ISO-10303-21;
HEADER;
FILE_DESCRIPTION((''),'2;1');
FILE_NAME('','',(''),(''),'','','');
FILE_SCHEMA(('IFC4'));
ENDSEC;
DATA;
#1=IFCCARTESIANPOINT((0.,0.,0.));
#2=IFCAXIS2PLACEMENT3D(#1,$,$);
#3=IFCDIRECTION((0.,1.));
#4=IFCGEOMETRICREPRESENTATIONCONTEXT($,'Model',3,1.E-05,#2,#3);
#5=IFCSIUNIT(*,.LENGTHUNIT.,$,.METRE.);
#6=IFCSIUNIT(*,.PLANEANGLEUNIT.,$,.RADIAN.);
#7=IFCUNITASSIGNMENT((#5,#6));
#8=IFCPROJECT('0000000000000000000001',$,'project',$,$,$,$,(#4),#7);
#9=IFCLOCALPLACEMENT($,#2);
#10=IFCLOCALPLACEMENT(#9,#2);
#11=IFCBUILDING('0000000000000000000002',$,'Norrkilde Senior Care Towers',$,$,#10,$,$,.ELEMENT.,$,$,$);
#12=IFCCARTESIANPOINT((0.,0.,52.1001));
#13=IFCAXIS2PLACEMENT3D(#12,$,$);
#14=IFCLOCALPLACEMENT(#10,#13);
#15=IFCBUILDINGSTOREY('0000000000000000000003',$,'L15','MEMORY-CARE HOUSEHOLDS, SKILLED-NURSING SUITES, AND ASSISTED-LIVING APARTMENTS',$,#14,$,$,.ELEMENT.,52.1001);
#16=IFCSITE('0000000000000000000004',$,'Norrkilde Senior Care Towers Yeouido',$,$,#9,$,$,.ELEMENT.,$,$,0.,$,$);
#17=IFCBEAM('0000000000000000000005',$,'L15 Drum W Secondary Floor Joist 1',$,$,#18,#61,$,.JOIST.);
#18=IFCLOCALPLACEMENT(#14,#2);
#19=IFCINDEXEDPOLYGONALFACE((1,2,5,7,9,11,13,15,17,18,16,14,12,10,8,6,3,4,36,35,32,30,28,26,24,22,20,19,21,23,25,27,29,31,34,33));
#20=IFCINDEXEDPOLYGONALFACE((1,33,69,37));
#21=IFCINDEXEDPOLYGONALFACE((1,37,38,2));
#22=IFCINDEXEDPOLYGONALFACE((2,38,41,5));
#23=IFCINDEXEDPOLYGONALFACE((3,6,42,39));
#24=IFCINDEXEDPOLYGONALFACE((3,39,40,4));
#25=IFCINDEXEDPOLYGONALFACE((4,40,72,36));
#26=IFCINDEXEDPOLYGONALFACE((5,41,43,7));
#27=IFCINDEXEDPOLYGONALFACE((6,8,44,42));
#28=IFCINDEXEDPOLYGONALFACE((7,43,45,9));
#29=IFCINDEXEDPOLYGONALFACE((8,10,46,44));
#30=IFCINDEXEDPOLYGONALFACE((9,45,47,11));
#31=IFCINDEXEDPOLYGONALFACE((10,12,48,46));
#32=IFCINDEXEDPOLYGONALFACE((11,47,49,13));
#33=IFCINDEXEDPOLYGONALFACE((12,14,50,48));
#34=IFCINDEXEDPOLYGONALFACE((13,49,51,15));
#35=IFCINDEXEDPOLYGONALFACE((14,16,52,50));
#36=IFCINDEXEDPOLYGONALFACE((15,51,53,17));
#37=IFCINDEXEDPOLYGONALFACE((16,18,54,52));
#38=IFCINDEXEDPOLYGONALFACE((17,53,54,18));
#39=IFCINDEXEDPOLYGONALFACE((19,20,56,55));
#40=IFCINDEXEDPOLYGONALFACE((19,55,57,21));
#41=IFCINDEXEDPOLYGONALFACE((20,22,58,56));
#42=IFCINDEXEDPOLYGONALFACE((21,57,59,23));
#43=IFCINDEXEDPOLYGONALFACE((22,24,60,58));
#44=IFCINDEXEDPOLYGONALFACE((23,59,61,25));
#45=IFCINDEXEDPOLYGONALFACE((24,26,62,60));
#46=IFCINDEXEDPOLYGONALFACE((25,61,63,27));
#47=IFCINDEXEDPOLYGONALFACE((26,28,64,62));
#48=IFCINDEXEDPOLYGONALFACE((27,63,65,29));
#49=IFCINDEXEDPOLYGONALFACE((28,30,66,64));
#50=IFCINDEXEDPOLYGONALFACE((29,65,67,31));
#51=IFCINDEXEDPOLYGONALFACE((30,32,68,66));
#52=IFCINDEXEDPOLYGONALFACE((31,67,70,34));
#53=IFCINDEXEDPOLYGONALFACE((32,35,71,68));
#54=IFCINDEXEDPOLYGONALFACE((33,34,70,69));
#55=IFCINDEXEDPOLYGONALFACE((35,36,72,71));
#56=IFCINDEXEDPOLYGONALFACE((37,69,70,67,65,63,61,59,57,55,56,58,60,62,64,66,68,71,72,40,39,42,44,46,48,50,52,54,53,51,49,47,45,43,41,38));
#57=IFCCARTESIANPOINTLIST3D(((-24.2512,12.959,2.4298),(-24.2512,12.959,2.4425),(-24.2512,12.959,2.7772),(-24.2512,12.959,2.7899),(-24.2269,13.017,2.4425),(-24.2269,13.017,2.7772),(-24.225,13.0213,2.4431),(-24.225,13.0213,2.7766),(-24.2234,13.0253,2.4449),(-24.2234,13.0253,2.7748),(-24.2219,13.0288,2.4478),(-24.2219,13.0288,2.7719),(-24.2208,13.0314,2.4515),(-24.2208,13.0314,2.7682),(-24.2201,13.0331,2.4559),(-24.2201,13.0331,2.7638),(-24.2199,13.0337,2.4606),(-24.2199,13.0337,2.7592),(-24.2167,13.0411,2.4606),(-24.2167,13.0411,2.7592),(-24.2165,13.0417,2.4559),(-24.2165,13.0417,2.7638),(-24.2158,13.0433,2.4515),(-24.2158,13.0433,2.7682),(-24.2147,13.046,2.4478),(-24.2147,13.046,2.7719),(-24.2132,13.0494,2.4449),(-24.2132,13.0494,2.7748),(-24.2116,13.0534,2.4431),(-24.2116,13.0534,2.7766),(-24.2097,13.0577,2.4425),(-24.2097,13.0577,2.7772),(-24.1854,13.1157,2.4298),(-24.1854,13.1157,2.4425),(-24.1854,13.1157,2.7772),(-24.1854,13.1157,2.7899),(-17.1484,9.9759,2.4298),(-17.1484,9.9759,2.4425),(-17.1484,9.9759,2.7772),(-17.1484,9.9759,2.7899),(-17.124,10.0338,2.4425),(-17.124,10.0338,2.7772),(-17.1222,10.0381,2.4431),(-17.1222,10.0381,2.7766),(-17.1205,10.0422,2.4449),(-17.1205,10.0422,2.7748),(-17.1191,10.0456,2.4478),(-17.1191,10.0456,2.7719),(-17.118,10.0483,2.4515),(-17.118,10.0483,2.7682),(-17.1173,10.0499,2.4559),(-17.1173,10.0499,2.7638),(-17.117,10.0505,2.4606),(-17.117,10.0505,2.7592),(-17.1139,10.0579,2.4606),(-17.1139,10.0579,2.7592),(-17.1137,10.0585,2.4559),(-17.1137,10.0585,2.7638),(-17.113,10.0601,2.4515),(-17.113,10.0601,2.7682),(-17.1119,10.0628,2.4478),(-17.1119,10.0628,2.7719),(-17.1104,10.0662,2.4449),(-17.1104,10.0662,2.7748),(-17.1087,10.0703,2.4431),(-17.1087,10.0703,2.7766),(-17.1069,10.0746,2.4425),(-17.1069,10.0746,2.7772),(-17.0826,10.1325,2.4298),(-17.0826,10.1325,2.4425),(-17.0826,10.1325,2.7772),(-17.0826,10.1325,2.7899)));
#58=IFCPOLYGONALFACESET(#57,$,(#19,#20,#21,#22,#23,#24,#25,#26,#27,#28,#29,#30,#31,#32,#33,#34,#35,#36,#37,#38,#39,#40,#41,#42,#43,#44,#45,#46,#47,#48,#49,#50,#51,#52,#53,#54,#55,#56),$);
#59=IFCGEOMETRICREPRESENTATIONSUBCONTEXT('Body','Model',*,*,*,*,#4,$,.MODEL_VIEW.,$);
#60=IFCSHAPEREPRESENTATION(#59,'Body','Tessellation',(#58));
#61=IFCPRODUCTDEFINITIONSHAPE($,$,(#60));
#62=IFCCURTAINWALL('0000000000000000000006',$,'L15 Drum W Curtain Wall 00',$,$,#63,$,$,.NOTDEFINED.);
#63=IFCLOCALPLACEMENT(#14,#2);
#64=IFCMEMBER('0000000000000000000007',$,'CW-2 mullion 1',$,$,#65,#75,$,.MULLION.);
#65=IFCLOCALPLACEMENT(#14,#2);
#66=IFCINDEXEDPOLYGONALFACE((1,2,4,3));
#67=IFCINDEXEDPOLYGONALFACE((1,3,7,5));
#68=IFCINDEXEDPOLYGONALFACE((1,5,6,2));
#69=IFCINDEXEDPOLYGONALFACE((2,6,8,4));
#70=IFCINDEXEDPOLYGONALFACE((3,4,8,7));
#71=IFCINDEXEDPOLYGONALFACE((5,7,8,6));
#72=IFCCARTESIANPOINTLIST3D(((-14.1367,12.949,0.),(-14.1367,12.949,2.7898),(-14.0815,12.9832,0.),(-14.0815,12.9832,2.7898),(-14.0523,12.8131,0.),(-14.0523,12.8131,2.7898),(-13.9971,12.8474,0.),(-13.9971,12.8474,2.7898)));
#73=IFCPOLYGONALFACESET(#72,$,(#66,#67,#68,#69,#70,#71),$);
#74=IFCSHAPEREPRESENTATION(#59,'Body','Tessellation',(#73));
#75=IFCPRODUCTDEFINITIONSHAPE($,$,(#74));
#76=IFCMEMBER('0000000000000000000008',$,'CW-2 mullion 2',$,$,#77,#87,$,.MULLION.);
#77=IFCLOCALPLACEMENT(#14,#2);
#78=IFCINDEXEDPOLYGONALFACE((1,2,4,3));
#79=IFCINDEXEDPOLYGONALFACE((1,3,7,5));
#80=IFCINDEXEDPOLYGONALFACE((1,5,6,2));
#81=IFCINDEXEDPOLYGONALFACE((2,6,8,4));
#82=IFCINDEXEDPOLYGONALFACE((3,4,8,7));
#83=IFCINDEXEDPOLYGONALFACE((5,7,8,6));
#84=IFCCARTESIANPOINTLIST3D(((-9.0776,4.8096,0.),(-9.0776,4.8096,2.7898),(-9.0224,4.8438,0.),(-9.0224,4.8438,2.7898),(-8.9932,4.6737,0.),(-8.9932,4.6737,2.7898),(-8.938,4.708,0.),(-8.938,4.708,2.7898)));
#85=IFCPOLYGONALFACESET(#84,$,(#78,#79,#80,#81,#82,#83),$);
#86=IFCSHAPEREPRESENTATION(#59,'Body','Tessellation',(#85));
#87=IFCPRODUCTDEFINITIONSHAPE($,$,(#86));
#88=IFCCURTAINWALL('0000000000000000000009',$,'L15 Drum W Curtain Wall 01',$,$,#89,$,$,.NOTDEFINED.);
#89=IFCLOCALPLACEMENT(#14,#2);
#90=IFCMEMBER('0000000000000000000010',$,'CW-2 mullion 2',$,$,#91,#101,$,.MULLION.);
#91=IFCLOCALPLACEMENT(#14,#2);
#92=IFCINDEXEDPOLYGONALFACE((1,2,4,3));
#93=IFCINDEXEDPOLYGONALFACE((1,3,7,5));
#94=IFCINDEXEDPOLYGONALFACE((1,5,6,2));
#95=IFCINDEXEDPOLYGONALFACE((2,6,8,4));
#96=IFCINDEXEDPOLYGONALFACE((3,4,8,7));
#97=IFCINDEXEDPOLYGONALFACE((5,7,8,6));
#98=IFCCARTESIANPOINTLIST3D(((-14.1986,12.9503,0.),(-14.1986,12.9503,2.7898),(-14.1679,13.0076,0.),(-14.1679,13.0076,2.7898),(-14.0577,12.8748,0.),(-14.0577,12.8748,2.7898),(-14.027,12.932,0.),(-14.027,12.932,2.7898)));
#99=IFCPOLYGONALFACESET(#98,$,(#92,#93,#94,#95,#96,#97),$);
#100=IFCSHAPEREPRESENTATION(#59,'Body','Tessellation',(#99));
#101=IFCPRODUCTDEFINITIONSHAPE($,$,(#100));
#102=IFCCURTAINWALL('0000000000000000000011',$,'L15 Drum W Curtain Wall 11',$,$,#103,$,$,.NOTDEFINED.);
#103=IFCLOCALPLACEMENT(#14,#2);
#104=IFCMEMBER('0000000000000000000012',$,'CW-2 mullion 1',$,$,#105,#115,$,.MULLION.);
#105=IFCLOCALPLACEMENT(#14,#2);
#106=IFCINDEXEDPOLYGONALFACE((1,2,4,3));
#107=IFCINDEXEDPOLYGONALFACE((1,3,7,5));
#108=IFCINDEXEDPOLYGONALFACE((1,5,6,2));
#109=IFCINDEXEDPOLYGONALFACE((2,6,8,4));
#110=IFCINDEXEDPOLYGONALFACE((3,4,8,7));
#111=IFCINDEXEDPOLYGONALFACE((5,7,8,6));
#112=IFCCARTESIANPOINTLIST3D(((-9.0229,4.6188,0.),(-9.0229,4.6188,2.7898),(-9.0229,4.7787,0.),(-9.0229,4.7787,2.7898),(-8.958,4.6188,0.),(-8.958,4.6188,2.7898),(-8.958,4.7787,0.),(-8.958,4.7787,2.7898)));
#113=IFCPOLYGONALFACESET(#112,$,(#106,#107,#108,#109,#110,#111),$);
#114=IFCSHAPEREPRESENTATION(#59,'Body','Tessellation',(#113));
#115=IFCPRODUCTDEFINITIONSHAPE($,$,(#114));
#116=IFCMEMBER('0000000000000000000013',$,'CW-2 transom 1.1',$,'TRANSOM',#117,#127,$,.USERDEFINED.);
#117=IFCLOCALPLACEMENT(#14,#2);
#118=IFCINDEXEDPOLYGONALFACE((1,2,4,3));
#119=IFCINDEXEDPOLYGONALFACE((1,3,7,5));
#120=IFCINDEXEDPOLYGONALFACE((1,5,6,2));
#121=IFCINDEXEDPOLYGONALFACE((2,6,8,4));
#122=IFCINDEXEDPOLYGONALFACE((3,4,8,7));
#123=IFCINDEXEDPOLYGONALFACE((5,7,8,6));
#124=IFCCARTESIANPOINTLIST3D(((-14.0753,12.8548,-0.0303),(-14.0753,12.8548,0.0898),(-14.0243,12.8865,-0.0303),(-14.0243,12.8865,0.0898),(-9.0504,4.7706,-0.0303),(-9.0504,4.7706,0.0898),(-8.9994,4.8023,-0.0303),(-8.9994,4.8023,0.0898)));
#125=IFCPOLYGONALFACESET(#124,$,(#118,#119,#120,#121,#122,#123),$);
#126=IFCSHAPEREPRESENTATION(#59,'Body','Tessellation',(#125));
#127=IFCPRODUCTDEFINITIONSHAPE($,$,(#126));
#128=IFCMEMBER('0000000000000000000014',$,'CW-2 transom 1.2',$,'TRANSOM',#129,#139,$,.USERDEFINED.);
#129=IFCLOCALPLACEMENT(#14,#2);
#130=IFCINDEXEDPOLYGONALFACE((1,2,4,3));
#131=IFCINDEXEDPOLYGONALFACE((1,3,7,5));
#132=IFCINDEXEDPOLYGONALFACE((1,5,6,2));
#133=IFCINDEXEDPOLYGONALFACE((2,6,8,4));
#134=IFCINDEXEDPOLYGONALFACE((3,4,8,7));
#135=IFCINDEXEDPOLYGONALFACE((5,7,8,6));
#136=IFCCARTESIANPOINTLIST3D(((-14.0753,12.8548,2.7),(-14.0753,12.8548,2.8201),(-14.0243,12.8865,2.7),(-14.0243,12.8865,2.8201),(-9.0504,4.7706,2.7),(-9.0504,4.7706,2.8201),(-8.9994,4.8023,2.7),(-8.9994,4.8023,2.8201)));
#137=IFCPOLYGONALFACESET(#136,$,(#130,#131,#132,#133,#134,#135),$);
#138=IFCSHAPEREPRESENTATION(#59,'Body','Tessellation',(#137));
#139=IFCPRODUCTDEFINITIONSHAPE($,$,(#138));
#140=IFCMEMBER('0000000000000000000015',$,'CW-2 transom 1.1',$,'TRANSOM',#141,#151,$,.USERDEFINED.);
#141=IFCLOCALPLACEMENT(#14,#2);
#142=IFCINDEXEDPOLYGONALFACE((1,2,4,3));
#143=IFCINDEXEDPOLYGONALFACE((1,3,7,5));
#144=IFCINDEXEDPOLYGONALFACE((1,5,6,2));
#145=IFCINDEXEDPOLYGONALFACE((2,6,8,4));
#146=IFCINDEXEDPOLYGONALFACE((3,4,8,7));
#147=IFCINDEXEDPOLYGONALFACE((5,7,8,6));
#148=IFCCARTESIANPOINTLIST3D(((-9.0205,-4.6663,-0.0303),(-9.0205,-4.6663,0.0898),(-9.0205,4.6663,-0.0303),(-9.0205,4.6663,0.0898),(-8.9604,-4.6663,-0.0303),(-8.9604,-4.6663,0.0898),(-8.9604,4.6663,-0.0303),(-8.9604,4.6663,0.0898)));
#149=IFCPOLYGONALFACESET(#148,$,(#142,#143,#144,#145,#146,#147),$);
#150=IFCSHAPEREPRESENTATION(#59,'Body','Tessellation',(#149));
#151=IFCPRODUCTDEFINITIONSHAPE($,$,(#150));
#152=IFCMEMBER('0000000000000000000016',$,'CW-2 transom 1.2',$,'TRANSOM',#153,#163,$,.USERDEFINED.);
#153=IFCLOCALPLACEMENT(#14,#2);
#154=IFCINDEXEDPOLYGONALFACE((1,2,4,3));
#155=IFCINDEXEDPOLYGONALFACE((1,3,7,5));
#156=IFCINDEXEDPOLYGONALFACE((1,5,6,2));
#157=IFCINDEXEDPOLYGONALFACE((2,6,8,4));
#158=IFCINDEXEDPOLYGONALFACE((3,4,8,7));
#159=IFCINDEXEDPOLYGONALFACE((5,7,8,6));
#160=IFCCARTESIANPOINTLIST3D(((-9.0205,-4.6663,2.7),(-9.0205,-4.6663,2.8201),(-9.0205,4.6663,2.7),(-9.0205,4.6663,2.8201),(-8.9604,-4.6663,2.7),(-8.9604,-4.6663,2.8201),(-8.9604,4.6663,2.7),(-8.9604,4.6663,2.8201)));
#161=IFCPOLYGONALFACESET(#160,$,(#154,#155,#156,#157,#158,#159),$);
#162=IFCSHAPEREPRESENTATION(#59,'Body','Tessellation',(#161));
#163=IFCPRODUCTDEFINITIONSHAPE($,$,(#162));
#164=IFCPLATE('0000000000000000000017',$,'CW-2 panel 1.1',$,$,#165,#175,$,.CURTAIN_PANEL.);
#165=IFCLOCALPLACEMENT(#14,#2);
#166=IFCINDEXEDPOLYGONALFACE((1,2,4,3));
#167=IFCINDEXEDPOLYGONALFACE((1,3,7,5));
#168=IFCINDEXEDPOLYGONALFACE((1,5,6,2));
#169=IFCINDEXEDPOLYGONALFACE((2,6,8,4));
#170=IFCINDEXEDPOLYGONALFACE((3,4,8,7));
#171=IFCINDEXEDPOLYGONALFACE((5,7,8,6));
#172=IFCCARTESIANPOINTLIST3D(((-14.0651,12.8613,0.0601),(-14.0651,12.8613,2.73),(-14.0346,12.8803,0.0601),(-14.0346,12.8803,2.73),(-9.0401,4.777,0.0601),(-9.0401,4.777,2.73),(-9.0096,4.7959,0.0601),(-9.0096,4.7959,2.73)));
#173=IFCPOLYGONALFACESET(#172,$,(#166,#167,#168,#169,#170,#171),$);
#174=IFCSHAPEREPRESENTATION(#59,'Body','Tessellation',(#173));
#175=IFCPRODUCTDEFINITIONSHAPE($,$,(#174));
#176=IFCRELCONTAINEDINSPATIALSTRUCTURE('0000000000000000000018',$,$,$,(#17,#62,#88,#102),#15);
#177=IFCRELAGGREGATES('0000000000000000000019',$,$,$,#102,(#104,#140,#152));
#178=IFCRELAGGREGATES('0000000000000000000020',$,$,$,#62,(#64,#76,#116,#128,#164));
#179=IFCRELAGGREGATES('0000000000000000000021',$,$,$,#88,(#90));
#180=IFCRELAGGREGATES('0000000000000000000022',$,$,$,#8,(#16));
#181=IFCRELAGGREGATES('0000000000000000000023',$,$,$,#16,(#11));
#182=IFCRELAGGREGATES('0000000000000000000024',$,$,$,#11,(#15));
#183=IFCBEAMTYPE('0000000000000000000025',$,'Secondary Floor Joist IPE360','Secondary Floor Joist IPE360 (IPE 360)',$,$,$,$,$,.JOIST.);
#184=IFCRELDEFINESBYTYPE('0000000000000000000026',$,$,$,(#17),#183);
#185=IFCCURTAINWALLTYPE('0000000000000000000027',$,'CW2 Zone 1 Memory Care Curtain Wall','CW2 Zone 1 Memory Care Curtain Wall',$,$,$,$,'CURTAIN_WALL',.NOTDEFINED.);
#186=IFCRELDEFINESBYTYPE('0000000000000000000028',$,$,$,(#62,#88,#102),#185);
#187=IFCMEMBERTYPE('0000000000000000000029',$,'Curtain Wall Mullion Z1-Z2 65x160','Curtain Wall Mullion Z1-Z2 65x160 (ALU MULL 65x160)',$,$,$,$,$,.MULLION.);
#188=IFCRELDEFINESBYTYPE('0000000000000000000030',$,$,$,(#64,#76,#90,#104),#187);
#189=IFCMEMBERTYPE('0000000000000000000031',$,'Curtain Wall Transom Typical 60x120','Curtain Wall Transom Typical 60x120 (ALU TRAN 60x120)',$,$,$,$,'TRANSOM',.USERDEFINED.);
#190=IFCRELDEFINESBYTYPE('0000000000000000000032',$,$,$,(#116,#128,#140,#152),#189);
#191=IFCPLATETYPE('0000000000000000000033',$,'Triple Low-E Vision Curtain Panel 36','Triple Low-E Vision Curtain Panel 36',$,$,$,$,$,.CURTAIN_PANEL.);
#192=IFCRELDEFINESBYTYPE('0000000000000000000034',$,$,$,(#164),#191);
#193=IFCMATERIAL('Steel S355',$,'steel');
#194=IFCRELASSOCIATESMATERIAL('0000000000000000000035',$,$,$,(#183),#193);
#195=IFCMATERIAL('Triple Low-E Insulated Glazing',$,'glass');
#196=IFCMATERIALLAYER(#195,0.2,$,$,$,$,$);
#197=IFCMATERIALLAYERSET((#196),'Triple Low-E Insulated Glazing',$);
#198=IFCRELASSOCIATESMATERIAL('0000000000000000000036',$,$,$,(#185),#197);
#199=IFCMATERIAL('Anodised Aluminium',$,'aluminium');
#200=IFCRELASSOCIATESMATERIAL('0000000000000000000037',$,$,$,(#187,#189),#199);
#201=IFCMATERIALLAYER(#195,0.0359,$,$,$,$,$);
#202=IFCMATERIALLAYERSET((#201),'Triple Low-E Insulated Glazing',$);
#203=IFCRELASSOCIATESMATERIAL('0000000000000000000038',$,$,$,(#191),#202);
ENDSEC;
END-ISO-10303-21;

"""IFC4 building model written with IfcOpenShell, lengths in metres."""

from ifc_helpers import new_model, si_unit, direction, frame, origin, origin_2d, place, context, subcontext, project, spatial, rectangle, i_section, extrude, source, transform, mapped, material, layer, layer_set, material_profile, profile_set, type_object, type_shapes, element, aggregate, save


model = new_model("IFC4")

# Units and contexts
model_context = context("Model", 3, precision=1e-05, world=origin(), true_north=direction((0.0, 1.0)))
body_context = subcontext(model_context, "Body", "Model", "MODEL_VIEW")
ifc_project = project(units=[si_unit("LENGTHUNIT", "METRE"), si_unit("PLANEANGLEUNIT", "RADIAN")], contexts=[model_context])

# Site, building, storey
site_placement = place(None, origin())
site = spatial("IfcSite", under=ifc_project, at=site_placement, Name="Norrkilde Senior Care Towers Yeouido", CompositionType="ELEMENT", RefElevation=0.0)
building_placement = place(site_placement, origin())
building = spatial("IfcBuilding", under=site, at=building_placement, Name="Norrkilde Senior Care Towers", CompositionType="ELEMENT")
storey_placement = place(building_placement, frame((0.0, 0.0, 52.1001)))
storey = spatial("IfcBuildingStorey", under=building, at=storey_placement, Name="L15", Description="MEMORY-CARE HOUSEHOLDS, SKILLED-NURSING SUITES, AND ASSISTED-LIVING APARTMENTS", CompositionType="ELEMENT", Elevation=52.1001)

# Beam
ifc_material_1 = material(Name="Steel S355", Category="steel")
ifc_material_profile_1 = material_profile(ifc_material_1, i_section(OverallWidth=0.1699, OverallDepth=0.3601, WebThickness=0.0081, FlangeThickness=0.0127, FilletRadius=0.0181, at=origin_2d()), Name="IPE 360")
ifc_profile_set_1 = profile_set([ifc_material_profile_1], Name="Steel S355")
beam_type_1 = type_object("IfcBeamType", Name="Secondary Floor Joist IPE360", Description="Secondary Floor Joist IPE360 (IPE 360)", PredefinedType="JOIST", material=ifc_profile_set_1)
shared_shape_1 = source(origin(), body_context, "Body", "SweptSolid", [
    extrude(i_section(OverallWidth=0.1699, OverallDepth=0.3601, WebThickness=0.0081, FlangeThickness=0.0127, FilletRadius=0.0181, at=origin_2d()), origin(), (0.0, 0.0, 1.0), 7.7039),
])
type_shapes(beam_type_1, [shared_shape_1])
beam_1_placement = place(storey_placement, frame((-17.1155, 10.0542, 2.6099), z_axis=(-0.921983, 0.387231, 0.0), x_axis=(-0.387231, -0.921983, 0.0)))
element("IfcBeam", 1, at=beam_1_placement, inside=storey, type_object=beam_type_1, Name="L15 Drum W Secondary Floor Joist 1", PredefinedType="JOIST", context=body_context, shape_type="MappedRepresentation", body=[
    mapped(shared_shape_1, transform((0.0, 0.0, 0.0), x_axis=(1.0, 0.0, 0.0), y_axis=(0.0, 1.0, 0.0), z_axis=(0.0, 0.0, 1.0), scale=1.0)),
])

# Curtain wall, members
ifc_material_2 = material(Name="Triple Low-E Insulated Glazing", Category="glass")
ifc_layer_1 = layer(ifc_material_2, 0.2)
ifc_layer_set_1 = layer_set([ifc_layer_1], Name="Triple Low-E Insulated Glazing")
curtain_wall_type = type_object("IfcCurtainWallType", Name="CW2 Zone 1 Memory Care Curtain Wall", Description="CW2 Zone 1 Memory Care Curtain Wall", ElementType="CURTAIN_WALL", PredefinedType="NOTDEFINED", material=ifc_layer_set_1)
curtain_wall_1_placement = place(storey_placement, origin())
curtain_wall_1 = element("IfcCurtainWall", 2, at=curtain_wall_1_placement, inside=storey, type_object=curtain_wall_type, Name="L15 Drum W Curtain Wall 00", PredefinedType="NOTDEFINED")
ifc_material_3 = material(Name="Anodised Aluminium", Category="aluminium")
ifc_material_profile_2 = material_profile(ifc_material_3, rectangle(XDim=0.0649, YDim=0.1599, at=origin_2d()), Name="ALU MULL 65x160")
ifc_profile_set_2 = profile_set([ifc_material_profile_2], Name="Anodised Aluminium")
member_type_1 = type_object("IfcMemberType", Name="Curtain Wall Mullion Z1-Z2 65x160", Description="Curtain Wall Mullion Z1-Z2 65x160 (ALU MULL 65x160)", PredefinedType="MULLION", material=ifc_profile_set_2)
shared_shape_2 = source(origin(), body_context, "Body", "SweptSolid", [
    extrude(rectangle(XDim=0.0649, YDim=0.1599, at=origin_2d()), origin(), (0.0, 0.0, 1.0), 2.7898),
])
type_shapes(member_type_1, [shared_shape_2])
member_1_placement = place(storey_placement, frame((-14.0669, 12.8982, 0.0), z_axis=(0.0, 0.0, 1.0), x_axis=(0.849306, 0.527901, 0.0)))
member_1 = element("IfcMember", 3, at=member_1_placement, type_object=member_type_1, Name="CW-2 mullion 1", PredefinedType="MULLION", context=body_context, shape_type="MappedRepresentation", body=[
    mapped(shared_shape_2, transform((0.0, 0.0, 0.0), x_axis=(1.0, 0.0, 0.0), y_axis=(0.0, 1.0, 0.0), z_axis=(0.0, 0.0, 1.0), scale=1.0)),
])
member_2_placement = place(storey_placement, frame((-9.0078, 4.7588, 0.0), z_axis=(0.0, 0.0, 1.0), x_axis=(0.849306, 0.527901, 0.0)))
member_2 = element("IfcMember", 4, at=member_2_placement, type_object=member_type_1, Name="CW-2 mullion 2", PredefinedType="MULLION", context=body_context, shape_type="MappedRepresentation", body=[
    mapped(shared_shape_2, transform((0.0, 0.0, 0.0), x_axis=(1.0, 0.0, 0.0), y_axis=(0.0, 1.0, 0.0), z_axis=(0.0, 0.0, 1.0), scale=1.0)),
])

# Curtain walls, members
curtain_wall_2_placement = place(storey_placement, origin())
curtain_wall_2 = element("IfcCurtainWall", 5, at=curtain_wall_2_placement, inside=storey, type_object=curtain_wall_type, Name="L15 Drum W Curtain Wall 01", PredefinedType="NOTDEFINED")
member_3_placement = place(storey_placement, frame((-14.1128, 12.9412, 0.0), z_axis=(0.0, 0.0, 1.0), x_axis=(0.472608, 0.881273, 0.0)))
member_3 = element("IfcMember", 6, at=member_3_placement, type_object=member_type_1, Name="CW-2 mullion 2", PredefinedType="MULLION", context=body_context, shape_type="MappedRepresentation", body=[
    mapped(shared_shape_2, transform((0.0, 0.0, 0.0), x_axis=(1.0, 0.0, 0.0), y_axis=(0.0, 1.0, 0.0), z_axis=(0.0, 0.0, 1.0), scale=1.0)),
])
curtain_wall_3_placement = place(storey_placement, origin())
curtain_wall_3 = element("IfcCurtainWall", 7, at=curtain_wall_3_placement, inside=storey, type_object=curtain_wall_type, Name="L15 Drum W Curtain Wall 11", PredefinedType="NOTDEFINED")
member_4_placement = place(storey_placement, frame((-8.9905, 4.6987, 0.0), z_axis=(0.0, 0.0, 1.0), x_axis=(1.0, 0.0, 0.0)))
member_4 = element("IfcMember", 8, at=member_4_placement, type_object=member_type_1, Name="CW-2 mullion 1", PredefinedType="MULLION", context=body_context, shape_type="MappedRepresentation", body=[
    mapped(shared_shape_2, transform((0.0, 0.0, 0.0), x_axis=(1.0, 0.0, 0.0), y_axis=(0.0, 1.0, 0.0), z_axis=(0.0, 0.0, 1.0), scale=1.0)),
])

# Members
ifc_material_profile_3 = material_profile(ifc_material_3, rectangle(XDim=0.0601, YDim=0.1201, at=origin_2d()), Name="ALU TRAN 60x120")
ifc_profile_set_3 = profile_set([ifc_material_profile_3], Name="Anodised Aluminium")
member_type_2 = type_object("IfcMemberType", Name="Curtain Wall Transom Typical 60x120", Description="Curtain Wall Transom Typical 60x120 (ALU TRAN 60x120)", ElementType="TRANSOM", PredefinedType="USERDEFINED", material=ifc_profile_set_3)
shared_shape_3 = source(origin(), body_context, "Body", "SweptSolid", [
    extrude(rectangle(XDim=0.0601, YDim=0.1201, at=origin_2d()), origin(), (0.0, 0.0, 1.0), 9.5186),
])
member_5_placement = place(storey_placement, frame((-14.0498, 12.8706, 0.0298), z_axis=(0.527902, -0.849306, 0.0), x_axis=(0.849306, 0.527902, 0.0)))
member_5 = element("IfcMember", 9, at=member_5_placement, type_object=member_type_2, Name="CW-2 transom 1.1", ObjectType="TRANSOM", PredefinedType="USERDEFINED", context=body_context, shape_type="MappedRepresentation", body=[
    mapped(shared_shape_3, transform((0.0, 0.0, 0.0), x_axis=(1.0, 0.0, 0.0), y_axis=(0.0, 1.0, 0.0), z_axis=(0.0, 0.0, 1.0), scale=1.0)),
])
member_6_placement = place(storey_placement, frame((-14.0498, 12.8706, 2.76), z_axis=(0.527902, -0.849306, 0.0), x_axis=(0.849306, 0.527902, 0.0)))
member_6 = element("IfcMember", 10, at=member_6_placement, type_object=member_type_2, Name="CW-2 transom 1.2", ObjectType="TRANSOM", PredefinedType="USERDEFINED", context=body_context, shape_type="MappedRepresentation", body=[
    mapped(shared_shape_3, transform((0.0, 0.0, 0.0), x_axis=(1.0, 0.0, 0.0), y_axis=(0.0, 1.0, 0.0), z_axis=(0.0, 0.0, 1.0), scale=1.0)),
])
shared_shape_4 = source(origin(), body_context, "Body", "SweptSolid", [
    extrude(rectangle(XDim=0.0601, YDim=0.1201, at=origin_2d()), origin(), (0.0, 0.0, 1.0), 9.3325),
])
type_shapes(member_type_2, [shared_shape_3, shared_shape_4])
member_7_placement = place(storey_placement, frame((-8.9905, 4.6663, 0.0298), z_axis=(0.0, -1.0, 0.0), x_axis=(1.0, 0.0, 0.0)))
member_7 = element("IfcMember", 11, at=member_7_placement, type_object=member_type_2, Name="CW-2 transom 1.1", ObjectType="TRANSOM", PredefinedType="USERDEFINED", context=body_context, shape_type="MappedRepresentation", body=[
    mapped(shared_shape_4, transform((0.0, 0.0, 0.0), x_axis=(1.0, 0.0, 0.0), y_axis=(0.0, 1.0, 0.0), z_axis=(0.0, 0.0, 1.0), scale=1.0)),
])
member_8_placement = place(storey_placement, frame((-8.9905, 4.6663, 2.76), z_axis=(0.0, -1.0, 0.0), x_axis=(1.0, 0.0, 0.0)))
member_8 = element("IfcMember", 12, at=member_8_placement, type_object=member_type_2, Name="CW-2 transom 1.2", ObjectType="TRANSOM", PredefinedType="USERDEFINED", context=body_context, shape_type="MappedRepresentation", body=[
    mapped(shared_shape_4, transform((0.0, 0.0, 0.0), x_axis=(1.0, 0.0, 0.0), y_axis=(0.0, 1.0, 0.0), z_axis=(0.0, 0.0, 1.0), scale=1.0)),
])
aggregate(curtain_wall_3, [member_4, member_7, member_8])

# Plate
ifc_layer_2 = layer(ifc_material_2, 0.0359)
ifc_layer_set_2 = layer_set([ifc_layer_2], Name="Triple Low-E Insulated Glazing")
plate_type = type_object("IfcPlateType", Name="Triple Low-E Vision Curtain Panel 36", Description="Triple Low-E Vision Curtain Panel 36", PredefinedType="CURTAIN_PANEL", material=ifc_layer_set_2)
shared_shape_5 = source(origin(), body_context, "Body", "SweptSolid", [
    extrude(rectangle(XDim=9.5188, YDim=0.0359, at=origin_2d()), origin(), (0.0, 0.0, 1.0), 2.6699),
])
plate_1_placement = place(storey_placement, frame((-11.5374, 8.8286, 0.0601), z_axis=(0.0, 0.0, 1.0), x_axis=(0.527901, -0.849306, 0.0)))
plate_1 = element("IfcPlate", 13, at=plate_1_placement, type_object=plate_type, Name="CW-2 panel 1.1", PredefinedType="CURTAIN_PANEL", context=body_context, shape_type="MappedRepresentation", body=[
    mapped(shared_shape_5, transform((0.0, 0.0, 0.0), x_axis=(1.0, 0.0, 0.0), y_axis=(0.0, 1.0, 0.0), z_axis=(0.0, 0.0, 1.0), scale=1.0)),
])
aggregate(curtain_wall_1, [member_1, member_2, member_5, member_6, plate_1])
aggregate(curtain_wall_2, [member_3])

save(model, "model.ifc")
